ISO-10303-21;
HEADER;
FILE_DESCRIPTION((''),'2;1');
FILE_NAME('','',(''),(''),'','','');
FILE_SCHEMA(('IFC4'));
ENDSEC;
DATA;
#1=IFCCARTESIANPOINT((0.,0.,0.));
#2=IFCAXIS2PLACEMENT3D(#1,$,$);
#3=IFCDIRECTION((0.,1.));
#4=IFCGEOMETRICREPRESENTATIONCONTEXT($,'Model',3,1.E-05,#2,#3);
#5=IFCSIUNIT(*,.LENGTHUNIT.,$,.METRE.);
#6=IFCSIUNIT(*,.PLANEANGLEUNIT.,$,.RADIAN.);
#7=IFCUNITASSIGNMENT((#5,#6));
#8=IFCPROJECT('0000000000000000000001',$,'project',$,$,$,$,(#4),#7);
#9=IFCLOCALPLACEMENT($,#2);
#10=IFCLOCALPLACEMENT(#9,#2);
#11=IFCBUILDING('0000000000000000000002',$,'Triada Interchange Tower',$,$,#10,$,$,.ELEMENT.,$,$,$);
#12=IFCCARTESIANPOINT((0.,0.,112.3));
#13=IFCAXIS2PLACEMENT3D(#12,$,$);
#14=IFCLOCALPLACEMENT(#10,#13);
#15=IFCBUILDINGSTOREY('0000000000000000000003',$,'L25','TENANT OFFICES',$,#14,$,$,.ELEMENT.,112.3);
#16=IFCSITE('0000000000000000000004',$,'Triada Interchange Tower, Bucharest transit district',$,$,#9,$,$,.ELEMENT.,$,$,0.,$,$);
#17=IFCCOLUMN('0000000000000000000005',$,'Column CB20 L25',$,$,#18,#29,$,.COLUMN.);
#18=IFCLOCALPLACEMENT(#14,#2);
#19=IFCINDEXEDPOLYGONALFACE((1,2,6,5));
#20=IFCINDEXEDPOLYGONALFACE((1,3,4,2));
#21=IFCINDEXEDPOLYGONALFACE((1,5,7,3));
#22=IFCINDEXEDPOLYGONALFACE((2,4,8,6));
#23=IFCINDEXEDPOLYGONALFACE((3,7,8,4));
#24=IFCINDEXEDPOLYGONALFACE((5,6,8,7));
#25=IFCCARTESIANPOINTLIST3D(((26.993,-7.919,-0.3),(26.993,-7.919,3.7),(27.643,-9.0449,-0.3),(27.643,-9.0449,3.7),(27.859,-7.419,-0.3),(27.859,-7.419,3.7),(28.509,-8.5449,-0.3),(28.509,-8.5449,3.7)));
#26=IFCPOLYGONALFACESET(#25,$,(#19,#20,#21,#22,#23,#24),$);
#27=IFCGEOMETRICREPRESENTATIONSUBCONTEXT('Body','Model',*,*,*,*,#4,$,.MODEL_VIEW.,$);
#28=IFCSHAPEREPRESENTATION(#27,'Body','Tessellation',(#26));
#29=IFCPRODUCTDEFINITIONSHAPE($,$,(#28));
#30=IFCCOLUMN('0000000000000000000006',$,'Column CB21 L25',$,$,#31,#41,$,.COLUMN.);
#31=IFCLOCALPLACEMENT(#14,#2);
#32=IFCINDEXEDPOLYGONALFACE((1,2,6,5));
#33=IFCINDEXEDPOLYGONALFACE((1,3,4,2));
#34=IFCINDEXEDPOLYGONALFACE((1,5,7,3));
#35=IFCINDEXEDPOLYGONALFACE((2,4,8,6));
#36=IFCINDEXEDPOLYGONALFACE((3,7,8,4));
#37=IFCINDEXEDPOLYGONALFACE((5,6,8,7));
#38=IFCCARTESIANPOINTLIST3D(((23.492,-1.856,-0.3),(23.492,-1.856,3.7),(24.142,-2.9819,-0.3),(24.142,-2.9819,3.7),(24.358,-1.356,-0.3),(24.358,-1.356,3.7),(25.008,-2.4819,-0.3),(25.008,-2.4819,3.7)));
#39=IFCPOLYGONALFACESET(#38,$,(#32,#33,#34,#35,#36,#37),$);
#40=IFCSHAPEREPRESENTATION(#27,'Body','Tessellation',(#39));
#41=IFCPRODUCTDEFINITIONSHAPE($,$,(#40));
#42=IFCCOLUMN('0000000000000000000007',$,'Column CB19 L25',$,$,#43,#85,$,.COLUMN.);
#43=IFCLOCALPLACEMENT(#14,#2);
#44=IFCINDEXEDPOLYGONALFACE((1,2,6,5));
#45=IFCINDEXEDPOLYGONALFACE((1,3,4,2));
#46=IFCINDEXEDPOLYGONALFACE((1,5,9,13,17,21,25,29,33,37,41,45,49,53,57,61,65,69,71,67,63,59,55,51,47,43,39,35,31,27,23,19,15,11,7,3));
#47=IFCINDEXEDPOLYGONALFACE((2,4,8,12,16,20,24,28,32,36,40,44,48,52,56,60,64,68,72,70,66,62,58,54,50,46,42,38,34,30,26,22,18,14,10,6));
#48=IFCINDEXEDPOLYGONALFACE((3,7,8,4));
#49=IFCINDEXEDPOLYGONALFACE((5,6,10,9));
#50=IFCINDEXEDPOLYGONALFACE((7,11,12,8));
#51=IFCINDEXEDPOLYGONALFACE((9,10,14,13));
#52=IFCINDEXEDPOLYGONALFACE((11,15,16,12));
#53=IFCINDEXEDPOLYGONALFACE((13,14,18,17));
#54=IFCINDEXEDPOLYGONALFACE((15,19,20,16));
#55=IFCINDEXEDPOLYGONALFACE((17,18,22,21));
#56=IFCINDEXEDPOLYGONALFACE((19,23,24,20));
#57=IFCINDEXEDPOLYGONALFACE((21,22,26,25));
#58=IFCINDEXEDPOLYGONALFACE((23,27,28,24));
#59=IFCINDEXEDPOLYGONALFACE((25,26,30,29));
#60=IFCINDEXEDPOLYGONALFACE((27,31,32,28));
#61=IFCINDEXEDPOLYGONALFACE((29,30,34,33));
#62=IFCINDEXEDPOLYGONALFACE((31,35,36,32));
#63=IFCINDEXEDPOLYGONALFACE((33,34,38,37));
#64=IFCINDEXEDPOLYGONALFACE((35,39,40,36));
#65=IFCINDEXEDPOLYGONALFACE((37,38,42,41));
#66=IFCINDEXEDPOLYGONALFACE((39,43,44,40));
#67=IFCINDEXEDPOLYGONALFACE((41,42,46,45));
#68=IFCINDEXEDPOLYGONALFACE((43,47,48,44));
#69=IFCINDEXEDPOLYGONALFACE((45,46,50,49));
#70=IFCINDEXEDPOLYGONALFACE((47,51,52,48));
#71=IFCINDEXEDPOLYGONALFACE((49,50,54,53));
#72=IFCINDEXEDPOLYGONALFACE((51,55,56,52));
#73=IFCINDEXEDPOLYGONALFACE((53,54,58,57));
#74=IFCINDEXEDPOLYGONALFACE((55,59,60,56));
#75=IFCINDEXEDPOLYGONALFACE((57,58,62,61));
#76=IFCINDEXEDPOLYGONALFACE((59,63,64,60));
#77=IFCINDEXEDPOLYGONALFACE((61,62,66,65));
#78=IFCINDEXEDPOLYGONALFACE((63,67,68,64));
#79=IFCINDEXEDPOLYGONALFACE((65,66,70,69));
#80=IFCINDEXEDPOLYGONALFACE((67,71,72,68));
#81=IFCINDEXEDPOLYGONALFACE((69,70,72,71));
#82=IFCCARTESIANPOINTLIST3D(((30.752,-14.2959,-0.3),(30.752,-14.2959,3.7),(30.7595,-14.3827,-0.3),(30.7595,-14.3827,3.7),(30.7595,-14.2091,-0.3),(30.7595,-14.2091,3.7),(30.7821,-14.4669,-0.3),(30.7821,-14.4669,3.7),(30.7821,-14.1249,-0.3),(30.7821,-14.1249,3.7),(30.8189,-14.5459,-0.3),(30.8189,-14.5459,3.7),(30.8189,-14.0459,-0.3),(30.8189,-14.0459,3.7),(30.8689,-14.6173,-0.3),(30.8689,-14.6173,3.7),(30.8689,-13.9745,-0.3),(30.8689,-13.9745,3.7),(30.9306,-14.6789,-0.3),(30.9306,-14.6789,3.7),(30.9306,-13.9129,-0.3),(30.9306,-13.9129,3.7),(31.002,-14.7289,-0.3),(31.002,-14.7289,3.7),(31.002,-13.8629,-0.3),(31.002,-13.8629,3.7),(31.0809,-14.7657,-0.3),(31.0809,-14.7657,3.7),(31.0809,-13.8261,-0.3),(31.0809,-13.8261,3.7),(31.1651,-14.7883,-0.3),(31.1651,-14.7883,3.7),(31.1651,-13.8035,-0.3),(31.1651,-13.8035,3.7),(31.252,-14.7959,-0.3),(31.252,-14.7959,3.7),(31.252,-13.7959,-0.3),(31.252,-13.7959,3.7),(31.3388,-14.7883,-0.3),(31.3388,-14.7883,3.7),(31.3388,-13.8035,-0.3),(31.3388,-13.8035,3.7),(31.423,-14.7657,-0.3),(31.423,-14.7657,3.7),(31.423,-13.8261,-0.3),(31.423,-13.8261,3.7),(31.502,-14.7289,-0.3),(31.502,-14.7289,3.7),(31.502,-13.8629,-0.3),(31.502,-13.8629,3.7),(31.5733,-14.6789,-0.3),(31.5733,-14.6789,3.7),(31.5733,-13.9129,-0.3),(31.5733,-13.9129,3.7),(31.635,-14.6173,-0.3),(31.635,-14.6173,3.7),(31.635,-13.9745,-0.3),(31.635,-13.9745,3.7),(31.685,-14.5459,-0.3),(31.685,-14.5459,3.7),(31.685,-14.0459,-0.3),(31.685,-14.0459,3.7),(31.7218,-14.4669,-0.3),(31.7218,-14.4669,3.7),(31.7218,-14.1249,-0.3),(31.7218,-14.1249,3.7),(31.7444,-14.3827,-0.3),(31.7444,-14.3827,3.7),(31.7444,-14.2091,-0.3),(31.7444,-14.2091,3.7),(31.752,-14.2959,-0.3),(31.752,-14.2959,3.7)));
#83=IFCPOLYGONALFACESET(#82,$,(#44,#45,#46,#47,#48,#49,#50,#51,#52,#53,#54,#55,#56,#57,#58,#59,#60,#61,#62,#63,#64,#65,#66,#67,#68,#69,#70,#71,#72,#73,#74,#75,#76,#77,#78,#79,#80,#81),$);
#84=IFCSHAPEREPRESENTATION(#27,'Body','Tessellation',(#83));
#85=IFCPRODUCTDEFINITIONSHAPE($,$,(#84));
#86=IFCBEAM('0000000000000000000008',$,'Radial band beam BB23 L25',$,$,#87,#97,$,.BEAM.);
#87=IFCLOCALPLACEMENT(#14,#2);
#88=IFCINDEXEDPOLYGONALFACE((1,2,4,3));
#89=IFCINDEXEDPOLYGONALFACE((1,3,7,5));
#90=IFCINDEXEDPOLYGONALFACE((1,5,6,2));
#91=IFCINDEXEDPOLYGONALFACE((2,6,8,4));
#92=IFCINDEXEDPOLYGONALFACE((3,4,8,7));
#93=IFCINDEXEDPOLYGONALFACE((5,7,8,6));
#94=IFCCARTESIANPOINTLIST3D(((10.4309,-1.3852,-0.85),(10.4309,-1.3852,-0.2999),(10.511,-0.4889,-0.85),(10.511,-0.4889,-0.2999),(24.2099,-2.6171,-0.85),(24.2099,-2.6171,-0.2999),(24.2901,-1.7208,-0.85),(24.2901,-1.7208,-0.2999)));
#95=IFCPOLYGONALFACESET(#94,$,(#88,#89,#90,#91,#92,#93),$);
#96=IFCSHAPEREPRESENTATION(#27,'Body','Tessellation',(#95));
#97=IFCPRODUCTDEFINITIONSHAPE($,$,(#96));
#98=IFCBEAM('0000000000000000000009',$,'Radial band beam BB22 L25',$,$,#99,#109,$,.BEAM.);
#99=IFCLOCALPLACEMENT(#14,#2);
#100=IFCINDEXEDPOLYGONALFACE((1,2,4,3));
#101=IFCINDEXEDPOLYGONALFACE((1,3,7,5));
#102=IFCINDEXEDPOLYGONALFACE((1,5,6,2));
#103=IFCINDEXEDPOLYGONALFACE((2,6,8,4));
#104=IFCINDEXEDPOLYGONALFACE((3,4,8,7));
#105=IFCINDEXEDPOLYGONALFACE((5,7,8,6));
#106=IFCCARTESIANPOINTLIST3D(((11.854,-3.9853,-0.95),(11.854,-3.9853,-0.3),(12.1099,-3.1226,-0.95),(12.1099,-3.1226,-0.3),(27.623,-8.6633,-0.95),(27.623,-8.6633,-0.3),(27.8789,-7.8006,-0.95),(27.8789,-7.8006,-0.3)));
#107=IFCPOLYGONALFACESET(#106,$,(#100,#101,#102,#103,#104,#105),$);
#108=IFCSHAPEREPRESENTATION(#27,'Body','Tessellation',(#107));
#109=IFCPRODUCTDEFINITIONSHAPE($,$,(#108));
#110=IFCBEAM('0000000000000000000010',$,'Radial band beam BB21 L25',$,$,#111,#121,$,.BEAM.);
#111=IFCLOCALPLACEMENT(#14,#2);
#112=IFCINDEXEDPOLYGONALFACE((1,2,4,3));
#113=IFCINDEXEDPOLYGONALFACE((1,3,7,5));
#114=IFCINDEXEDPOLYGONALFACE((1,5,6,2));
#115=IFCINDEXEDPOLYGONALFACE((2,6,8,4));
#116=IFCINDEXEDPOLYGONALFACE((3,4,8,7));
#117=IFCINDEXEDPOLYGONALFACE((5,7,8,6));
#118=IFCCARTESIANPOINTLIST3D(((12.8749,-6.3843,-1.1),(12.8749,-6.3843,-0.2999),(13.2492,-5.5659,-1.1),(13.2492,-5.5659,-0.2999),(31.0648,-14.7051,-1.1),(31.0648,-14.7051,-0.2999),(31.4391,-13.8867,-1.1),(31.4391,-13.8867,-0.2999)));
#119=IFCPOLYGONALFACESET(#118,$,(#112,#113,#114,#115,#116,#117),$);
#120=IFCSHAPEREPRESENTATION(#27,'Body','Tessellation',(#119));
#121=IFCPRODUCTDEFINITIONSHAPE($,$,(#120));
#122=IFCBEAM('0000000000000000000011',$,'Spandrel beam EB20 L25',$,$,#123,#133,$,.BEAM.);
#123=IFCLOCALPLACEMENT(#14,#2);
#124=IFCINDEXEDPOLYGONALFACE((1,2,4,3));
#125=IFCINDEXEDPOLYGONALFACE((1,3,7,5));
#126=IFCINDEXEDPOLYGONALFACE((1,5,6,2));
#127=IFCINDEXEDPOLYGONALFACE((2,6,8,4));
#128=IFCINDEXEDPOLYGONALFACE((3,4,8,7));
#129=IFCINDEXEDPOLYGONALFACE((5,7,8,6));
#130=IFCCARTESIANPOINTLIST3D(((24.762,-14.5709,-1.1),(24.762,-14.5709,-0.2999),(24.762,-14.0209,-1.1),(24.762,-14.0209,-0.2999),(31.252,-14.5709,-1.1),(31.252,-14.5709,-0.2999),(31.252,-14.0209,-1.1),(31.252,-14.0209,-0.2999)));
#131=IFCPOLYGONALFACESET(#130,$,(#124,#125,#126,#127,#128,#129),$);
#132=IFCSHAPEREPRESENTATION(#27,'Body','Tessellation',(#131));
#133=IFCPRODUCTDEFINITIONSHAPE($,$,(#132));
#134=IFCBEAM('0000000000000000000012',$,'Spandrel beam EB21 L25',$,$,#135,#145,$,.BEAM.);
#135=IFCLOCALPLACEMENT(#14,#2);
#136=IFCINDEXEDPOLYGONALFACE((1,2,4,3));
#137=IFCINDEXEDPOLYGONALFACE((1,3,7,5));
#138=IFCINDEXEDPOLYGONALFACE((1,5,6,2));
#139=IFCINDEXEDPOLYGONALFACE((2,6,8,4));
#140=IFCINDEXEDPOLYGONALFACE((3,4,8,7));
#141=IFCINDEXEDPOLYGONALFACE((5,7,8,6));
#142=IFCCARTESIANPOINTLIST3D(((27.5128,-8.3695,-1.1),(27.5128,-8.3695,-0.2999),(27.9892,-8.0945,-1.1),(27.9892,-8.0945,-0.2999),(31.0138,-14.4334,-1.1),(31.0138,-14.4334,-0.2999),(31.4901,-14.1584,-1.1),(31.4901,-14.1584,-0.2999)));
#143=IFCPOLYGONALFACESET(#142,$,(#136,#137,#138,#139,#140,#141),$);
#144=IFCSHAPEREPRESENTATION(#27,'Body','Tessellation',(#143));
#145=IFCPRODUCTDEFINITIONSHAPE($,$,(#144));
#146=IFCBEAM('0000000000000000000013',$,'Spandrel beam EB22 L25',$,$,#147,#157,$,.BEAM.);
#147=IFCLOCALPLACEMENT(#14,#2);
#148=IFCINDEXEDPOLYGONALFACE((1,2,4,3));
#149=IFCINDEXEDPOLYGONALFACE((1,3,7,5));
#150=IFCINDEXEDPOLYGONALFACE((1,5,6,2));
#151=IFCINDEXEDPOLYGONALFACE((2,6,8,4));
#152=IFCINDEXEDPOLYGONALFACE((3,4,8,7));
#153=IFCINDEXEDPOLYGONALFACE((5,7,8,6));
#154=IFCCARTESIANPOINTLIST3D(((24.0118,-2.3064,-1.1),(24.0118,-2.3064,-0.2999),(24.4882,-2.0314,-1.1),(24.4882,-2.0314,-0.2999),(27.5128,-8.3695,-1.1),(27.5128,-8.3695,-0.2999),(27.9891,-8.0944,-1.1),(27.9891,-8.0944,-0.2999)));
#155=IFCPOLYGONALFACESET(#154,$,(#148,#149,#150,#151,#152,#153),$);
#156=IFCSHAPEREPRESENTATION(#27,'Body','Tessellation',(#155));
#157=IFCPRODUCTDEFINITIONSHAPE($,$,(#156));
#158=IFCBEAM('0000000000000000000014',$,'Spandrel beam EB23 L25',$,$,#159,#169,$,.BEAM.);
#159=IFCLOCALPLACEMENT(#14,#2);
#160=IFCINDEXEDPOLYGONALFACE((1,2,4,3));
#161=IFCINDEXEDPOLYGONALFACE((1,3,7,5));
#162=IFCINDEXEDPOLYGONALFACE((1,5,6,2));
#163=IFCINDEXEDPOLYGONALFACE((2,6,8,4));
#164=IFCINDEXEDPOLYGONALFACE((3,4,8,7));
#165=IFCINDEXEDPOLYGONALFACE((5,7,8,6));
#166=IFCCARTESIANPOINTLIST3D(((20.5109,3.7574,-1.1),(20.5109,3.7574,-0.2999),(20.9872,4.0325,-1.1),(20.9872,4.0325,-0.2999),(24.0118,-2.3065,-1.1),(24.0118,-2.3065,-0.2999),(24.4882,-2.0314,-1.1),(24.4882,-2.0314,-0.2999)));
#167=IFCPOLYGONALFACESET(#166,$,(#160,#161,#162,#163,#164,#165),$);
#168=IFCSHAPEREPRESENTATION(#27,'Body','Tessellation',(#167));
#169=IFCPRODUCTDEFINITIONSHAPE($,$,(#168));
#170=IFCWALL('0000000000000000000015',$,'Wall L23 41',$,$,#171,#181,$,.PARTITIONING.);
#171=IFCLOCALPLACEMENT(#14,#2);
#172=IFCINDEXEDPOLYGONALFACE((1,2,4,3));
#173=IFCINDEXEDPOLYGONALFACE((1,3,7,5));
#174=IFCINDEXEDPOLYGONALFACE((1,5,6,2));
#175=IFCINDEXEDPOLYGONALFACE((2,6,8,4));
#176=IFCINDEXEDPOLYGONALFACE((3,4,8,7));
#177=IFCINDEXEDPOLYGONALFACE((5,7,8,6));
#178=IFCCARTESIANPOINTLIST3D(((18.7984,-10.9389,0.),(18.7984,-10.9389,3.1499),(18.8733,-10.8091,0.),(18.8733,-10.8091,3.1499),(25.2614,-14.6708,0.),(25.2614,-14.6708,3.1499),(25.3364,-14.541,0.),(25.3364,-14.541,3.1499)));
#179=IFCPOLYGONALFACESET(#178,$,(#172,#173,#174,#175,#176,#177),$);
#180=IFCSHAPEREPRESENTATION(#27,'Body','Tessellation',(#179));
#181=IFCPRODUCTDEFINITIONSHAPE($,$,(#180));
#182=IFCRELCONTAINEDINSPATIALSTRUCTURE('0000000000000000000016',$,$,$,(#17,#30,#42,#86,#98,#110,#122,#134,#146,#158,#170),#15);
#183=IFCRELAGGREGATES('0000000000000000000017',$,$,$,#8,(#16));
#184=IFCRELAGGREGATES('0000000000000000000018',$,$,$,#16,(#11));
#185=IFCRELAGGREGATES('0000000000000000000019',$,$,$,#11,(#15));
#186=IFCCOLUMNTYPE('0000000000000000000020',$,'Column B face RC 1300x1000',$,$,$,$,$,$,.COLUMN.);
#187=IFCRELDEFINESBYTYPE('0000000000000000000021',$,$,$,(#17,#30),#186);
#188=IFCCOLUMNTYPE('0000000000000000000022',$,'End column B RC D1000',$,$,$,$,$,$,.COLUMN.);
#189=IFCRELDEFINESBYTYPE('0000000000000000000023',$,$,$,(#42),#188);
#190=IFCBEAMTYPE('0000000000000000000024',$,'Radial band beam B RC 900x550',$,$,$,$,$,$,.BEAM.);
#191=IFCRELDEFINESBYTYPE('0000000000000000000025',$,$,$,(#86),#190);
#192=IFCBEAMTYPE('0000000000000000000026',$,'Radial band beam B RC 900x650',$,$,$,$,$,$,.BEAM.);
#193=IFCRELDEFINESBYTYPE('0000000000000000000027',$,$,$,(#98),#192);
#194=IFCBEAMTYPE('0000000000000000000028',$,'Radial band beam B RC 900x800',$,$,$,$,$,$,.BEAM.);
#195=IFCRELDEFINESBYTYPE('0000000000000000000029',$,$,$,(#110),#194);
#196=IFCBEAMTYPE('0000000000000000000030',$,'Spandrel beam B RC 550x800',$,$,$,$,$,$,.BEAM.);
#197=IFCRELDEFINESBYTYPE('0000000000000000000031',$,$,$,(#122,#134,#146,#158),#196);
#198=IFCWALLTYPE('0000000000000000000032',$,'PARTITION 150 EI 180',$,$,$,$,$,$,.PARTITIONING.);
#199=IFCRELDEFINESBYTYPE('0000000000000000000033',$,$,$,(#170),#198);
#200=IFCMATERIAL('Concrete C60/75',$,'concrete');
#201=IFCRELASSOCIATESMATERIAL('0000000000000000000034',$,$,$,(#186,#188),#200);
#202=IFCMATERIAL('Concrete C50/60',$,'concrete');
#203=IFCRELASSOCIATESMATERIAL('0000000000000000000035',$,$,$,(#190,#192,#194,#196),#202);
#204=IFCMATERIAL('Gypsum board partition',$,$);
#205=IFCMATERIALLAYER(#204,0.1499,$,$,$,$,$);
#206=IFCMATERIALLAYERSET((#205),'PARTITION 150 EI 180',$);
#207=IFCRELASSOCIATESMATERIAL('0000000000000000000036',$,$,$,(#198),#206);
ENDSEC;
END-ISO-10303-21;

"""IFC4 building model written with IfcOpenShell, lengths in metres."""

from ifc_helpers import new_model, si_unit, direction, frame, frame_2d, origin, origin_2d, place, context, subcontext, project, spatial, rectangle, circle, extrude, material, layer, layer_set, material_profile, profile_set, type_object, element, save


model = new_model("IFC4")

# Units and contexts
model_context = context("Model", 3, precision=1e-05, world=origin(), true_north=direction((0.0, 1.0)))
body_context = subcontext(model_context, "Body", "Model", "MODEL_VIEW")
ifc_project = project(units=[si_unit("LENGTHUNIT", "METRE"), si_unit("PLANEANGLEUNIT", "RADIAN")], contexts=[model_context])

# Site, building, storey
site_placement = place(None, origin())
site = spatial("IfcSite", under=ifc_project, at=site_placement, Name="Triada Interchange Tower, Bucharest transit district", CompositionType="ELEMENT", RefElevation=0.0)
building_placement = place(site_placement, origin())
building = spatial("IfcBuilding", under=site, at=building_placement, Name="Triada Interchange Tower", CompositionType="ELEMENT")
storey_placement = place(building_placement, frame((0.0, 0.0, 112.3)))
storey = spatial("IfcBuildingStorey", under=building, at=storey_placement, Name="L25", Description="TENANT OFFICES", CompositionType="ELEMENT", Elevation=112.3)

# Columns
ifc_material_1 = material(Name="Concrete C60/75", Category="concrete")
ifc_material_profile_1 = material_profile(ifc_material_1, rectangle(XDim=1.3, YDim=1.0, at=origin_2d()), Name="RC 1300x1000")
ifc_profile_set_1 = profile_set([ifc_material_profile_1], Name="Concrete C60/75")
column_type_1 = type_object("IfcColumnType", Name="Column B face RC 1300x1000", PredefinedType="COLUMN", material=ifc_profile_set_1)
for number, where, z_axis, x_axis, name in (
    (1, (27.751, -8.2319, -0.3), (0.0, 0.0, 1.0), (-0.5, 0.866025, 0.0), "Column CB20 L25"),
    (2, (24.25, -2.1689, -0.3), (0.0, 0.0, 1.0), (-0.5, 0.866025, 0.0), "Column CB21 L25"),
):
    element("IfcColumn", number, at=place(storey_placement, frame(where, z_axis=z_axis, x_axis=x_axis)), inside=storey, type_object=column_type_1, Name=name, PredefinedType="COLUMN", context=body_context, shape_type="SweptSolid", body=[
        extrude(rectangle(XDim=1.3, YDim=1.0, at=origin_2d()), origin(), (0.0, 0.0, 1.0), 4.0),
    ])
ifc_material_profile_2 = material_profile(ifc_material_1, circle(Radius=0.5, at=origin_2d()), Name="RC D1000")
ifc_profile_set_2 = profile_set([ifc_material_profile_2], Name="Concrete C60/75")
column_type_2 = type_object("IfcColumnType", Name="End column B RC D1000", PredefinedType="COLUMN", material=ifc_profile_set_2)
column_placement = place(storey_placement, frame((31.252, -14.2959, -0.3), z_axis=(0.0, 0.0, 1.0), x_axis=(-0.5, 0.866025, 0.0)))
element("IfcColumn", 3, at=column_placement, inside=storey, type_object=column_type_2, Name="Column CB19 L25", PredefinedType="COLUMN", context=body_context, shape_type="SweptSolid", body=[
    extrude(circle(Radius=0.5, at=origin_2d()), origin(), (0.0, 0.0, 1.0), 4.0),
])

# Beams
ifc_material_2 = material(Name="Concrete C50/60", Category="concrete")
ifc_material_profile_3 = material_profile(ifc_material_2, rectangle(XDim=0.8999, YDim=0.55, at=origin_2d()), Name="RC 900x550")
ifc_profile_set_3 = profile_set([ifc_material_profile_3], Name="Concrete C50/60")
beam_type_1 = type_object("IfcBeamType", Name="Radial band beam B RC 900x550", PredefinedType="BEAM", material=ifc_profile_set_3)
beam_1_placement = place(storey_placement, frame((24.25, -2.1689, -0.575), z_axis=(-0.996027, 0.089051, 0.0), x_axis=(-0.089051, -0.996027, 0.0)))
element("IfcBeam", 4, at=beam_1_placement, inside=storey, type_object=beam_type_1, Name="Radial band beam BB23 L25", PredefinedType="BEAM", context=body_context, shape_type="SweptSolid", body=[
    extrude(rectangle(XDim=0.8999, YDim=0.55, at=origin_2d()), origin(), (0.0, 0.0, 1.0), 13.834),
])
ifc_material_profile_4 = material_profile(ifc_material_2, rectangle(XDim=0.8999, YDim=0.6499, at=origin_2d()), Name="RC 900x650")
ifc_profile_set_4 = profile_set([ifc_material_profile_4], Name="Concrete C50/60")
beam_type_2 = type_object("IfcBeamType", Name="Radial band beam B RC 900x650", PredefinedType="BEAM", material=ifc_profile_set_4)
beam_2_placement = place(storey_placement, frame((27.751, -8.2319, -0.625), z_axis=(-0.958704, 0.284405, 0.0), x_axis=(-0.284405, -0.958704, 0.0)))
element("IfcBeam", 5, at=beam_2_placement, inside=storey, type_object=beam_type_2, Name="Radial band beam BB22 L25", PredefinedType="BEAM", context=body_context, shape_type="SweptSolid", body=[
    extrude(rectangle(XDim=0.8999, YDim=0.6499, at=origin_2d()), origin(), (0.0, 0.0, 1.0), 16.4482),
])
ifc_material_profile_5 = material_profile(ifc_material_2, rectangle(XDim=0.8999, YDim=0.8, at=origin_2d()), Name="RC 900x800")
ifc_profile_set_5 = profile_set([ifc_material_profile_5], Name="Concrete C50/60")
beam_type_3 = type_object("IfcBeamType", Name="Radial band beam B RC 900x800", PredefinedType="BEAM", material=ifc_profile_set_5)
beam_3_placement = place(storey_placement, frame((31.252, -14.2959, -0.7), z_axis=(-0.909372, 0.415983, 0.0), x_axis=(-0.415983, -0.909372, 0.0)))
element("IfcBeam", 6, at=beam_3_placement, inside=storey, type_object=beam_type_3, Name="Radial band beam BB21 L25", PredefinedType="BEAM", context=body_context, shape_type="SweptSolid", body=[
    extrude(rectangle(XDim=0.8999, YDim=0.8, at=origin_2d()), origin(), (0.0, 0.0, 1.0), 20.0027),
])
ifc_material_profile_6 = material_profile(ifc_material_2, rectangle(XDim=0.55, YDim=0.8, at=origin_2d()), Name="RC 550x800")
ifc_profile_set_6 = profile_set([ifc_material_profile_6], Name="Concrete C50/60")
beam_type_4 = type_object("IfcBeamType", Name="Spandrel beam B RC 550x800", PredefinedType="BEAM", material=ifc_profile_set_6)
beam_4_placement = place(storey_placement, frame((24.762, -14.2959, -0.7), z_axis=(1.0, 0.0, 0.0), x_axis=(0.0, 1.0, 0.0)))
element("IfcBeam", 7, at=beam_4_placement, inside=storey, type_object=beam_type_4, Name="Spandrel beam EB20 L25", PredefinedType="BEAM", context=body_context, shape_type="SweptSolid", body=[
    extrude(rectangle(XDim=0.55, YDim=0.8, at=origin_2d()), origin(), (0.0, 0.0, 1.0), 6.49),
])
beam_5_placement = place(storey_placement, frame((31.252, -14.2959, -0.7), z_axis=(-0.499994, 0.866029, 0.0), x_axis=(-0.866029, -0.499994, 0.0)))
element("IfcBeam", 8, at=beam_5_placement, inside=storey, type_object=beam_type_4, Name="Spandrel beam EB21 L25", PredefinedType="BEAM", context=body_context, shape_type="SweptSolid", body=[
    extrude(rectangle(XDim=0.55, YDim=0.8, at=origin_2d()), origin(), (0.0, 0.0, 1.0), 7.002),
])
beam_6_placement = place(storey_placement, frame((27.751, -8.2319, -0.7), z_axis=(-0.500054, 0.865994, 0.0), x_axis=(-0.865994, -0.500054, 0.0)))
element("IfcBeam", 9, at=beam_6_placement, inside=storey, type_object=beam_type_4, Name="Spandrel beam EB22 L25", PredefinedType="BEAM", context=body_context, shape_type="SweptSolid", body=[
    extrude(rectangle(XDim=0.55, YDim=0.8, at=origin_2d()), origin(), (0.0, 0.0, 1.0), 7.0012),
])
beam_7_placement = place(storey_placement, frame((24.25, -2.1689, -0.7), z_axis=(-0.499994, 0.866029, 0.0), x_axis=(-0.866029, -0.499994, 0.0)))
element("IfcBeam", 10, at=beam_7_placement, inside=storey, type_object=beam_type_4, Name="Spandrel beam EB23 L25", PredefinedType="BEAM", context=body_context, shape_type="SweptSolid", body=[
    extrude(rectangle(XDim=0.55, YDim=0.8, at=origin_2d()), origin(), (0.0, 0.0, 1.0), 7.002),
])

# Wall
ifc_material_3 = material(Name="Gypsum board partition")
ifc_layer_1 = layer(ifc_material_3, 0.1499)
ifc_layer_set_1 = layer_set([ifc_layer_1], Name="PARTITION 150 EI 180")
wall_type_1 = type_object("IfcWallType", Name="PARTITION 150 EI 180", PredefinedType="PARTITIONING", material=ifc_layer_set_1)
wall_1_placement = place(storey_placement, frame((18.8359, -10.874, 0.0), z_axis=(0.0, 0.0, 1.0), x_axis=(0.866, -0.500044, 0.0)))
element("IfcWall", 11, at=wall_1_placement, inside=storey, type_object=wall_type_1, Name="Wall L23 41", PredefinedType="PARTITIONING", context=body_context, shape_type="SweptSolid", body=[
    extrude(rectangle(XDim=7.4631, YDim=0.1499, at=frame_2d((3.7314, 0.0))), origin(), (0.0, 0.0, 1.0), 3.1499),
])

save(model, "model.ifc")
